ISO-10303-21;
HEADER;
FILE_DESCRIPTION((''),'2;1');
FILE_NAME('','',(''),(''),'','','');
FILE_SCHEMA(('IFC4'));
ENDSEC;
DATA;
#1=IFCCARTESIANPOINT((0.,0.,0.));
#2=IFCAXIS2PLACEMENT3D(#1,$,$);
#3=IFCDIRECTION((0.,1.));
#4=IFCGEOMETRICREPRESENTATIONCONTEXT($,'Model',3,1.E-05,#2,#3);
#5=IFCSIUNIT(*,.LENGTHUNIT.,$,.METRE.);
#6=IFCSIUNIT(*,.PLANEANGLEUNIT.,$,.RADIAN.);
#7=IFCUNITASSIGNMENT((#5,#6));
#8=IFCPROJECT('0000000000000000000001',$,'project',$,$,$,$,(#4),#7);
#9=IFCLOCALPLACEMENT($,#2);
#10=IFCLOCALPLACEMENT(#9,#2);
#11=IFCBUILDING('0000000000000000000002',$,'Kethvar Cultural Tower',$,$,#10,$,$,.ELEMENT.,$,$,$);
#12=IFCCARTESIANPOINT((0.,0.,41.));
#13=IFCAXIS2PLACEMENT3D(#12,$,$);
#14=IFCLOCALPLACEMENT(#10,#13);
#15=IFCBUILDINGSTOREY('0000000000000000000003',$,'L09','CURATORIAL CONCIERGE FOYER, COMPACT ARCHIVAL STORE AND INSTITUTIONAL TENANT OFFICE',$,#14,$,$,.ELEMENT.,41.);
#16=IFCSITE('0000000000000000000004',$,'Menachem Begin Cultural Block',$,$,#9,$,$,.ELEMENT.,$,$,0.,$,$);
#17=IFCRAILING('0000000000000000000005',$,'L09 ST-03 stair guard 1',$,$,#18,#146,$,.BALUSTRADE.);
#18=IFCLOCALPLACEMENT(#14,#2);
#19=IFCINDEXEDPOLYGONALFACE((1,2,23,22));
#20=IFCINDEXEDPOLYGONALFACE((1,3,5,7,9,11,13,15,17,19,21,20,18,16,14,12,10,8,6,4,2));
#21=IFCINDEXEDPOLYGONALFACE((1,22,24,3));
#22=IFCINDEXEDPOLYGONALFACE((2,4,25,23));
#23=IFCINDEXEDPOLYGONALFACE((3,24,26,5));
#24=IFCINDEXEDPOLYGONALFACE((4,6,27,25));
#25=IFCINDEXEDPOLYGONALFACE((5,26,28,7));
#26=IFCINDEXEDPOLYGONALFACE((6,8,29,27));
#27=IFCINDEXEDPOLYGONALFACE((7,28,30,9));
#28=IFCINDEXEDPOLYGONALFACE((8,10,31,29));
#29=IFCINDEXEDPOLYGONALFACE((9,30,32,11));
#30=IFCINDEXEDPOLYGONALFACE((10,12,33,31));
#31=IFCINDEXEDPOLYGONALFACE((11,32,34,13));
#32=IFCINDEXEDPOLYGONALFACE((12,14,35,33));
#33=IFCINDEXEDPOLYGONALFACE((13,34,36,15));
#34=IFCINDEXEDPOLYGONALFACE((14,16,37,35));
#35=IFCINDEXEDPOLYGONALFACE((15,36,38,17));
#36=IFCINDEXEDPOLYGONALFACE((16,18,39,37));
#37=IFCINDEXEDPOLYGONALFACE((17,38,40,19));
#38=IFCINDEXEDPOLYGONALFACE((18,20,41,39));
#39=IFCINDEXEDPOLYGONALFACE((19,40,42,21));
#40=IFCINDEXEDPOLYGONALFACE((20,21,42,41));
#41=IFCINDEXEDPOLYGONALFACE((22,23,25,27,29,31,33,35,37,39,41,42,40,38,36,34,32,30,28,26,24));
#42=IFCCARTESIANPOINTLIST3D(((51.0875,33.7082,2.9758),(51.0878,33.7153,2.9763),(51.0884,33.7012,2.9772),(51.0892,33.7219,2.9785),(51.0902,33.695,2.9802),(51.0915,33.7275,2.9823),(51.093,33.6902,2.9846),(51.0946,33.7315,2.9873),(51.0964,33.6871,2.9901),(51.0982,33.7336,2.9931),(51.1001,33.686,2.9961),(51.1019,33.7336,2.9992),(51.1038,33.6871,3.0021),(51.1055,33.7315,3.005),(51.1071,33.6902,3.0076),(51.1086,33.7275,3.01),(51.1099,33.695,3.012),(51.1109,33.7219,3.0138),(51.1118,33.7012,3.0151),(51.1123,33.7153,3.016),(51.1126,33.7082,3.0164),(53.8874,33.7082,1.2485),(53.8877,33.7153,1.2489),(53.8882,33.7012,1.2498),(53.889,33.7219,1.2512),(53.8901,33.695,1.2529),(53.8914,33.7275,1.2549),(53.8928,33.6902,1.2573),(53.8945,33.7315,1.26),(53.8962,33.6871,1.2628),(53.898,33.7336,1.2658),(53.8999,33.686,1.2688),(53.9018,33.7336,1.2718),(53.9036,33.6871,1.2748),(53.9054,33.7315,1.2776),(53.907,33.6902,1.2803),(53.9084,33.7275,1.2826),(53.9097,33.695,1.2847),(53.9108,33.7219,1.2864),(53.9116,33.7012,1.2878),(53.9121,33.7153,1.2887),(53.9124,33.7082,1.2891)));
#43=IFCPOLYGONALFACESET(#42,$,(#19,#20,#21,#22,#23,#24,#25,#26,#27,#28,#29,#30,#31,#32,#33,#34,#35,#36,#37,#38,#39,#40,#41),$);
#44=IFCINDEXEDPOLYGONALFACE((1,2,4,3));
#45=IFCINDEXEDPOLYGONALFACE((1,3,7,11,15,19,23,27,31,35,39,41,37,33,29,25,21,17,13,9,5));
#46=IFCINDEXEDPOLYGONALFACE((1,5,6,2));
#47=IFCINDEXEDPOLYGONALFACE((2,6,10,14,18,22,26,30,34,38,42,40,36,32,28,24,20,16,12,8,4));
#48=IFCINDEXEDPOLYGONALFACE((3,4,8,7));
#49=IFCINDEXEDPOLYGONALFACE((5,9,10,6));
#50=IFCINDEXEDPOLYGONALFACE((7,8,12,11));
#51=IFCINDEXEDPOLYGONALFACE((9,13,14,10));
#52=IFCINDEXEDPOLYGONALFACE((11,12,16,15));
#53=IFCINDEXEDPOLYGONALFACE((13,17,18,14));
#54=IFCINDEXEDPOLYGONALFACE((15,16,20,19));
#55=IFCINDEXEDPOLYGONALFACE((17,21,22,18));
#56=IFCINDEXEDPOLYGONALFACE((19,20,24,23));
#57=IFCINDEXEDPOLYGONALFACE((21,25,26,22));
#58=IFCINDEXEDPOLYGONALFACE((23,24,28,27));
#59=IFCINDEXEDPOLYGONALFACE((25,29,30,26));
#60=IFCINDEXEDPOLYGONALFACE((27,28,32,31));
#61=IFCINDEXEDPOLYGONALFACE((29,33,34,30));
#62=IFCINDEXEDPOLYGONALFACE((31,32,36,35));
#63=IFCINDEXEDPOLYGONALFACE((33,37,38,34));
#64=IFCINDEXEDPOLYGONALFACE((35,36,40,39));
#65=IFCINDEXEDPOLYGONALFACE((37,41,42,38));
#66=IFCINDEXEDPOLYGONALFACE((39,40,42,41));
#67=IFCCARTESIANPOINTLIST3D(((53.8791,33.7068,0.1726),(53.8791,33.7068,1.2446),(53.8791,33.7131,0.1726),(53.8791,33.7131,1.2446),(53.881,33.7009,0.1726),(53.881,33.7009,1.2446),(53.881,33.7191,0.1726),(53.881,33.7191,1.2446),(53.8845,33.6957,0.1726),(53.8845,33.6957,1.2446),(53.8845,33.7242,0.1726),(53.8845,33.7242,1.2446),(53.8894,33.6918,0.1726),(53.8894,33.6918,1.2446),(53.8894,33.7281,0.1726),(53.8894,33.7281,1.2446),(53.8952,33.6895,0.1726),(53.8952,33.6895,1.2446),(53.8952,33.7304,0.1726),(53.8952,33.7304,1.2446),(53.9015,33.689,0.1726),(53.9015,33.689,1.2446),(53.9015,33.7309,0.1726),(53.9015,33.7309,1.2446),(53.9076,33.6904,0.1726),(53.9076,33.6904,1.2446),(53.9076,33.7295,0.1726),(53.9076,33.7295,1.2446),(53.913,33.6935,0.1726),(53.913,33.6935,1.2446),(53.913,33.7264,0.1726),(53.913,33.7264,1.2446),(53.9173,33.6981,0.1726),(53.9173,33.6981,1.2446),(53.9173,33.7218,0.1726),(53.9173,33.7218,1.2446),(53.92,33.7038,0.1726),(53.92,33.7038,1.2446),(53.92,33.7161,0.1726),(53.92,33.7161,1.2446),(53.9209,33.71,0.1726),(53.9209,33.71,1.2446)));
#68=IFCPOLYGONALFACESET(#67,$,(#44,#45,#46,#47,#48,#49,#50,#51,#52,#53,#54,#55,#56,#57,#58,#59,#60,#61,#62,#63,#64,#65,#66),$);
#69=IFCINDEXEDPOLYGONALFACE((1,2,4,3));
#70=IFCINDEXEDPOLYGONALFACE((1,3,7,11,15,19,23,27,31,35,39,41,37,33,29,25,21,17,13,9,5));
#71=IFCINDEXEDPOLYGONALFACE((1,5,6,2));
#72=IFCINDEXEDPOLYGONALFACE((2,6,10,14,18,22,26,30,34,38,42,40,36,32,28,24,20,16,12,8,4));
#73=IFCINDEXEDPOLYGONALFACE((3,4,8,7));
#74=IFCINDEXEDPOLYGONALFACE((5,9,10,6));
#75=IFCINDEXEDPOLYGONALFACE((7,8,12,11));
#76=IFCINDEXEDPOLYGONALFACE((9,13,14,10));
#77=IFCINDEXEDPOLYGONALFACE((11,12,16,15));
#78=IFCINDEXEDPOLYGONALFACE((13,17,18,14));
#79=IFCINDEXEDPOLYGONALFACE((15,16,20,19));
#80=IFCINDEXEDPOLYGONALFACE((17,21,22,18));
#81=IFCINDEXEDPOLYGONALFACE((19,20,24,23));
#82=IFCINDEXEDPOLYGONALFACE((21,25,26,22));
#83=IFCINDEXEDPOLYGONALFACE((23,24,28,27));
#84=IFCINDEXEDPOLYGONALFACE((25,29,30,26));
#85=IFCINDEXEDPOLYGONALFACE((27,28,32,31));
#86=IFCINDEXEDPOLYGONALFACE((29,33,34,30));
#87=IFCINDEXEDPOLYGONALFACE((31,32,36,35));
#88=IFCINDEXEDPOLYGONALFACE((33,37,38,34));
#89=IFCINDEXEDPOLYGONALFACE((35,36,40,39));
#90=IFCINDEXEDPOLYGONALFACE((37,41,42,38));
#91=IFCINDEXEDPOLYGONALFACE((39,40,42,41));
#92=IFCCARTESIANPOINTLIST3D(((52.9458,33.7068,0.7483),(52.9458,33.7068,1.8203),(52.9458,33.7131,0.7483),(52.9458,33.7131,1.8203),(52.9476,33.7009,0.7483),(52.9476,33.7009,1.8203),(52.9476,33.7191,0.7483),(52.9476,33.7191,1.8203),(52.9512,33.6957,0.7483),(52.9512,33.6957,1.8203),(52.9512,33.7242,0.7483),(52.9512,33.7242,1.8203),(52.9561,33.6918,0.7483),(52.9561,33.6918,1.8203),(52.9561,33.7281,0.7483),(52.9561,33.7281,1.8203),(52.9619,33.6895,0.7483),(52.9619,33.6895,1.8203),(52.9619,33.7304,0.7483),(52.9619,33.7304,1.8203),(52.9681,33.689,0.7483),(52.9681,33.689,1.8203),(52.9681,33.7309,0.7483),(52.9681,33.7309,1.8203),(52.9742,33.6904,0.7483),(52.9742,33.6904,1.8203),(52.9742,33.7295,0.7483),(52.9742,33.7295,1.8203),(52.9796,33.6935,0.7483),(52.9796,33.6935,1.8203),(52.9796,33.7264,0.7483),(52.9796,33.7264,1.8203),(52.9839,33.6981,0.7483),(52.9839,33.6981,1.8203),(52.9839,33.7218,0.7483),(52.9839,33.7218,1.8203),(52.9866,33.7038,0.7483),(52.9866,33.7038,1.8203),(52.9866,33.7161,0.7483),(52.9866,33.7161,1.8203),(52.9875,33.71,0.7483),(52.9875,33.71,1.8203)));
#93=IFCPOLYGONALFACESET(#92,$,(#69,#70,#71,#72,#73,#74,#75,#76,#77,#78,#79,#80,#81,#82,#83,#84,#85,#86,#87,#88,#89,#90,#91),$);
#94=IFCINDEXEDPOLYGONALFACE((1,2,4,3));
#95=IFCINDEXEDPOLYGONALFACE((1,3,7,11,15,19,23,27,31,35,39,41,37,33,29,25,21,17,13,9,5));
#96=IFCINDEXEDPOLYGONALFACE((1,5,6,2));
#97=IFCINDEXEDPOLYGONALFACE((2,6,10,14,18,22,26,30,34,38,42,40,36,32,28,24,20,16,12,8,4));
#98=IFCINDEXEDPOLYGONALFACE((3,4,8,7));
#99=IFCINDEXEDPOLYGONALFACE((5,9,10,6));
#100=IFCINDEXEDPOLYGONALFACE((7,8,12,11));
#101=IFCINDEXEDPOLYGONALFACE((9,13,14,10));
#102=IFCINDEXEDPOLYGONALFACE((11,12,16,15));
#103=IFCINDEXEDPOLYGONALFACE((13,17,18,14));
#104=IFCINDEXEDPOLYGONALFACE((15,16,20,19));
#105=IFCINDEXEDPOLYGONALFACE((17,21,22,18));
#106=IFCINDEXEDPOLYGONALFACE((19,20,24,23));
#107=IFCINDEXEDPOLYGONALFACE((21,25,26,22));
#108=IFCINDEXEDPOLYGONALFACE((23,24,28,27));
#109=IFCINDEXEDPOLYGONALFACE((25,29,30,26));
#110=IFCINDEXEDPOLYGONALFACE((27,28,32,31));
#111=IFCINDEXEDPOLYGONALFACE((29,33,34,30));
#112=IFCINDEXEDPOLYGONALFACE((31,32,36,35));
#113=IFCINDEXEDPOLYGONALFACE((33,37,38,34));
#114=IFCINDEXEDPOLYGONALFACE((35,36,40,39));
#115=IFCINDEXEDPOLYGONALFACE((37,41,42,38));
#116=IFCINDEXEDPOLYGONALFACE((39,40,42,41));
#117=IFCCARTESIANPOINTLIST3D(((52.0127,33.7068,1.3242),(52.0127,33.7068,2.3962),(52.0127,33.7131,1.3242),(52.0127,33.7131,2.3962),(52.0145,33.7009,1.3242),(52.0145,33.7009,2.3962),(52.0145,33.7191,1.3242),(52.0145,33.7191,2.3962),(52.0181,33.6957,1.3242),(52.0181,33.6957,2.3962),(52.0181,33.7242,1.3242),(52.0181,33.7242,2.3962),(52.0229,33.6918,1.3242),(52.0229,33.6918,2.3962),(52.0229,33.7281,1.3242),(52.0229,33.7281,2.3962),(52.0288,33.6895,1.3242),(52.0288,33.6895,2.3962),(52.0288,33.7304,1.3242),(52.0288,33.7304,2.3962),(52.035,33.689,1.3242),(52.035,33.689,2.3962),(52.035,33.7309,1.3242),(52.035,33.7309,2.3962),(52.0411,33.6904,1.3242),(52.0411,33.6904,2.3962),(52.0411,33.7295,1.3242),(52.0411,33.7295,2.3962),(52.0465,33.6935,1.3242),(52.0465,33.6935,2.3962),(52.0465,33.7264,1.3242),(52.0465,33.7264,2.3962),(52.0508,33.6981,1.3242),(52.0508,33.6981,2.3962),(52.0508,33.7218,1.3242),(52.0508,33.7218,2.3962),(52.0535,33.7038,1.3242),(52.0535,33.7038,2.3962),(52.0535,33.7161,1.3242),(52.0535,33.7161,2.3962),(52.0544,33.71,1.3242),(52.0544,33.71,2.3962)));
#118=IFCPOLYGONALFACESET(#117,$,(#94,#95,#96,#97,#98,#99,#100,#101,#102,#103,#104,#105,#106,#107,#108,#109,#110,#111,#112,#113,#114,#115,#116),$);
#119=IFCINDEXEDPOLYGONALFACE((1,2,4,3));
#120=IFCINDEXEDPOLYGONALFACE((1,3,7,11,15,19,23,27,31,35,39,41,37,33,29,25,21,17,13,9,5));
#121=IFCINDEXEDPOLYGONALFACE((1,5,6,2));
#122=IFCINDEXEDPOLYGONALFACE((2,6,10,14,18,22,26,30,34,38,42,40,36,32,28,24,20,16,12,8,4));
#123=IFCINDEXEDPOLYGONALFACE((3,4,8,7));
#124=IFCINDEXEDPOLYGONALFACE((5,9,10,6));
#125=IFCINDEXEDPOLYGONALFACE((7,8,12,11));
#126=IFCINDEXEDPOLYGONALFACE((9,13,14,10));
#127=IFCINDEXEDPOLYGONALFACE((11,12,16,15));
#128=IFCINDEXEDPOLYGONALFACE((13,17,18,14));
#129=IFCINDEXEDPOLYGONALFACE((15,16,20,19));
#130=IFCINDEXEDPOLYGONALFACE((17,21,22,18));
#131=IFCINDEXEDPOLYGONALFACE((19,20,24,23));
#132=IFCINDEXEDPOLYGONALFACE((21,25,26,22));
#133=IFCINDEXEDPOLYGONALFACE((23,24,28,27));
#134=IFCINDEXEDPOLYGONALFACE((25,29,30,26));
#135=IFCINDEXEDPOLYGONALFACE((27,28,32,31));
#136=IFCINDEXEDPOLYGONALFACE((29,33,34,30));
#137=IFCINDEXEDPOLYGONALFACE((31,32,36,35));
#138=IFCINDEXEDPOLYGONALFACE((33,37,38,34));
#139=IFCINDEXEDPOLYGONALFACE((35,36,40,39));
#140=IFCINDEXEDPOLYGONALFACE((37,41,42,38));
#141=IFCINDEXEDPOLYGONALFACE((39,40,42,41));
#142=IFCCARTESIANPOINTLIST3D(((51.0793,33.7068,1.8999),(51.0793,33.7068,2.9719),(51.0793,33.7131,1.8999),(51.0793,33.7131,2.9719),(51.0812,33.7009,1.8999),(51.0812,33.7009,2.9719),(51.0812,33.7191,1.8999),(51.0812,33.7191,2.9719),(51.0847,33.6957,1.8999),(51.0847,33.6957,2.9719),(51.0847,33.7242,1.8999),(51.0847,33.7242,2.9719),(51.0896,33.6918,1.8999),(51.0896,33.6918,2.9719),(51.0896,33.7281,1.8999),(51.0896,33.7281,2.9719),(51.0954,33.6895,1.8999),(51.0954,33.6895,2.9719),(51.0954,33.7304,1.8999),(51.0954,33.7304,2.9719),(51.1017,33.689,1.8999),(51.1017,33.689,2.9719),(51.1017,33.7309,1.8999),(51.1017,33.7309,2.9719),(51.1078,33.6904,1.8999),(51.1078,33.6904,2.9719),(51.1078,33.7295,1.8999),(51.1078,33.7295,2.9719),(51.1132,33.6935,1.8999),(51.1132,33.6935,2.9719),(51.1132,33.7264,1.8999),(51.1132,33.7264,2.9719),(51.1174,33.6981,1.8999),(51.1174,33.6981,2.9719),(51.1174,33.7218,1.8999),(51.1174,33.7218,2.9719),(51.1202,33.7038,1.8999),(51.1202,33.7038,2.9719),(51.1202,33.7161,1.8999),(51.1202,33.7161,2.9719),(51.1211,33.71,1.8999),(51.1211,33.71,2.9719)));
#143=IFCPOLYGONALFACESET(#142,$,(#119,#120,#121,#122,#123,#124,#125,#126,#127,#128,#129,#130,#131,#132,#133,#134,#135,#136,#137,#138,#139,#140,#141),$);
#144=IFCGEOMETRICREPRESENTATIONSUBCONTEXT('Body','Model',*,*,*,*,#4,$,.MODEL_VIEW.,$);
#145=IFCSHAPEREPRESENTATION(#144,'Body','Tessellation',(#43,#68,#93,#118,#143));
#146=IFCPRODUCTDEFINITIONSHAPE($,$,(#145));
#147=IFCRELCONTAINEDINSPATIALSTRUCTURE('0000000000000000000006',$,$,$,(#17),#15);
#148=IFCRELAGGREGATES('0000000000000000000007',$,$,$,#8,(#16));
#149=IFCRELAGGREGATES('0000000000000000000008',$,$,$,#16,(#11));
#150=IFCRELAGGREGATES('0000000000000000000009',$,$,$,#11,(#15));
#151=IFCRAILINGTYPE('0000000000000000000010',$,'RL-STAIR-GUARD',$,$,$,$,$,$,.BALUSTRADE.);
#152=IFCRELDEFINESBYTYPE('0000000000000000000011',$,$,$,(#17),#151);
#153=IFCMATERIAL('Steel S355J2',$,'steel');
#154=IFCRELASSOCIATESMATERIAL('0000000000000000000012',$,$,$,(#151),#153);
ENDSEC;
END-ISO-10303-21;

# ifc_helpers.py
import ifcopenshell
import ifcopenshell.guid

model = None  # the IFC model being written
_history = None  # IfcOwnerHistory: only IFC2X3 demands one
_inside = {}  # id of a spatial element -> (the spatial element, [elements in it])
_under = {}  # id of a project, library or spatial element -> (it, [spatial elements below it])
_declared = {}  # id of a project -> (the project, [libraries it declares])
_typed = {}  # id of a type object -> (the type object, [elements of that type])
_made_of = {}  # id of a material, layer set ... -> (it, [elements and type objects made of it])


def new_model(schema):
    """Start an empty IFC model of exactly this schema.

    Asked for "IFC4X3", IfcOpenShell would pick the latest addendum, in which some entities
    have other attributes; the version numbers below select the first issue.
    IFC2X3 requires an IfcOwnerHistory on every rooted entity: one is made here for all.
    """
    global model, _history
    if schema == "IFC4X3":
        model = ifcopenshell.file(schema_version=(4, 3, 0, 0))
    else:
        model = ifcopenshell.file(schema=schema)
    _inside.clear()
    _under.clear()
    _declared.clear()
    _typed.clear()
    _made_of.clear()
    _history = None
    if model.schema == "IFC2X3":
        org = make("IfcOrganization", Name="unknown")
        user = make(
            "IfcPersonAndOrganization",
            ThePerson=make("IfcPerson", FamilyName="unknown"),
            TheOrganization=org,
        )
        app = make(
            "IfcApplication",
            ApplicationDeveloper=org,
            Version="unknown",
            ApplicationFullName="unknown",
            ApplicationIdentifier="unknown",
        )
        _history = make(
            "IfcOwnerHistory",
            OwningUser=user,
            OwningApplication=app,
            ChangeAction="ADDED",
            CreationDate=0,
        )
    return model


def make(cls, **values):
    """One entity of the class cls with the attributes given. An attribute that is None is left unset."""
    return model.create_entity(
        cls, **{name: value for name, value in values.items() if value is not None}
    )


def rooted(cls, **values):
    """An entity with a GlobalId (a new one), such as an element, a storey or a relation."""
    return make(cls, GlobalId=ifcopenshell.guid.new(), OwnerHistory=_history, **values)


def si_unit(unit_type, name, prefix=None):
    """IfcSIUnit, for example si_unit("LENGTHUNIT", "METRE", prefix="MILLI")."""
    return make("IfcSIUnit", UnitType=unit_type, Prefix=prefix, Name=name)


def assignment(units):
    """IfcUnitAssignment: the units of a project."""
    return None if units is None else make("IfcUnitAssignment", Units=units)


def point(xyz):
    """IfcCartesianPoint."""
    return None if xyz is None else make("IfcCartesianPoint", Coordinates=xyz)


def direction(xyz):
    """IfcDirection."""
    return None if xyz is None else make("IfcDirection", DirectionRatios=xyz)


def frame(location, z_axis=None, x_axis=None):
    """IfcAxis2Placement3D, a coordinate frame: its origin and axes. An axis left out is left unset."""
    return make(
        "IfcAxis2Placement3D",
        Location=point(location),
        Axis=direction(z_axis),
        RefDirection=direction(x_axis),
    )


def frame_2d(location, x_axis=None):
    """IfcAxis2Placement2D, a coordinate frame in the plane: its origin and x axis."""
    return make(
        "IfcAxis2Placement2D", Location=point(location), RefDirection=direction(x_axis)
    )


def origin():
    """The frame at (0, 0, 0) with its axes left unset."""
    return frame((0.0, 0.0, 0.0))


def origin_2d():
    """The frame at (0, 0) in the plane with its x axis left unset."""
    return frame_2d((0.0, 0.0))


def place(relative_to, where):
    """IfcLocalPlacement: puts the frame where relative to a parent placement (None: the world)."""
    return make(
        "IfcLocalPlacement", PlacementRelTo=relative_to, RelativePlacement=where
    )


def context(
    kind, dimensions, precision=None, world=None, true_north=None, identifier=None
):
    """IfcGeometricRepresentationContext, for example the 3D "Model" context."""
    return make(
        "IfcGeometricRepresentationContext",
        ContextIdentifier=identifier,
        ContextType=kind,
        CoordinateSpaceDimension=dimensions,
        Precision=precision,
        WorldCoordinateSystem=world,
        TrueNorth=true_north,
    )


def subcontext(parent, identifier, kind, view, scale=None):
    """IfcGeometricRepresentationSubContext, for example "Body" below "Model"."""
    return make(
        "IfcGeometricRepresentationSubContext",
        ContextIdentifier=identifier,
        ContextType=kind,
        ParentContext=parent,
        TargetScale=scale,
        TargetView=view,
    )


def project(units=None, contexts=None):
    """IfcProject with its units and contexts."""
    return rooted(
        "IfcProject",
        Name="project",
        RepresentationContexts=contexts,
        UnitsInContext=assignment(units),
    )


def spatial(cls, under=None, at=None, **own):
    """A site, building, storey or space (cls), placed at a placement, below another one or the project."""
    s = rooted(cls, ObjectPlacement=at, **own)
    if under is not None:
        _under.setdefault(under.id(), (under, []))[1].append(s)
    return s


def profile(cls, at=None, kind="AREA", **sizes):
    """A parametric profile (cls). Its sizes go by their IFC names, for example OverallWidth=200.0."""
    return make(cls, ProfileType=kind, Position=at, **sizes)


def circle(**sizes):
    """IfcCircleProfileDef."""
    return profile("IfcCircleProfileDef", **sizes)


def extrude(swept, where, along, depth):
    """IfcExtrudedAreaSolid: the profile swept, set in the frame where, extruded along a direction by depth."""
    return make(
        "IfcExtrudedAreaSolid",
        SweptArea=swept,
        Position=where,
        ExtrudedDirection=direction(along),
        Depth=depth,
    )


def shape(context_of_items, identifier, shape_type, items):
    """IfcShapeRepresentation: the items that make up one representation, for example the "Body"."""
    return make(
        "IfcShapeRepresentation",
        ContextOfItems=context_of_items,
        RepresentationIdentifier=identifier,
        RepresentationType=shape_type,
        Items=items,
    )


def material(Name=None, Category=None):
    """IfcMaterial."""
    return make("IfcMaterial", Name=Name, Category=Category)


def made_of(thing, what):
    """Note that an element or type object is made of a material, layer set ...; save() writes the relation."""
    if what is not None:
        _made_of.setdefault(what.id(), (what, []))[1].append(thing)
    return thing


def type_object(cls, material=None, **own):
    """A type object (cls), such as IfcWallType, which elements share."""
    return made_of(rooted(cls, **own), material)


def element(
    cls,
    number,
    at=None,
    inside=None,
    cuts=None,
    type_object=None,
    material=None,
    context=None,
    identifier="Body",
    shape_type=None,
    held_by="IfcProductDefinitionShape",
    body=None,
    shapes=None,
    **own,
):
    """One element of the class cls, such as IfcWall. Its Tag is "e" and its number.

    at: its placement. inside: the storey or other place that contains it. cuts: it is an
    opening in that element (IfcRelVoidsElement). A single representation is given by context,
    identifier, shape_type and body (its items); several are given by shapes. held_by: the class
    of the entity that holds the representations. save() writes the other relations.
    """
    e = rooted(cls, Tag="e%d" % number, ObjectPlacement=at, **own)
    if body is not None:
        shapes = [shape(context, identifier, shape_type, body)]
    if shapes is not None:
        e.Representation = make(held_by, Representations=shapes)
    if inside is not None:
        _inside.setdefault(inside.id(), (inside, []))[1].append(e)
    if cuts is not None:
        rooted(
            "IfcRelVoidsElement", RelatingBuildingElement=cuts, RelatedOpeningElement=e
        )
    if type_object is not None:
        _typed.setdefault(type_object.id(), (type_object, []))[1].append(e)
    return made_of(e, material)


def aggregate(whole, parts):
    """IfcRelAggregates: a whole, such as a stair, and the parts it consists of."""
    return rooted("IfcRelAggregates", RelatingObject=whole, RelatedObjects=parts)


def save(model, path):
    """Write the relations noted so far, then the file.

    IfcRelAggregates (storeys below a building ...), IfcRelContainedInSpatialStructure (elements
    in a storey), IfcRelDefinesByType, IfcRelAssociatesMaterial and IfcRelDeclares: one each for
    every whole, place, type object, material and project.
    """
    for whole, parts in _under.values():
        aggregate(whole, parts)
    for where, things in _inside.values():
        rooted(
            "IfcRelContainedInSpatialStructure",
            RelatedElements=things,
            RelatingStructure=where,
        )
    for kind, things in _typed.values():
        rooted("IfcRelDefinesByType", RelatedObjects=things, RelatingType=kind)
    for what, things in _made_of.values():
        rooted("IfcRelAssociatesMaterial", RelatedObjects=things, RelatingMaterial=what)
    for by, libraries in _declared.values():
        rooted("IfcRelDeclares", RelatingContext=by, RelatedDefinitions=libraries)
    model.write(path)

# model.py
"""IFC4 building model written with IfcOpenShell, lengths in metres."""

from ifc_helpers import new_model, si_unit, direction, frame, origin, origin_2d, place, context, subcontext, project, spatial, circle, extrude, material, type_object, element, save


model = new_model("IFC4")

# Units and contexts
model_context = context("Model", 3, precision=1e-05, world=origin(), true_north=direction((0.0, 1.0)))
body_context = subcontext(model_context, "Body", "Model", "MODEL_VIEW")
ifc_project = project(units=[si_unit("LENGTHUNIT", "METRE"), si_unit("PLANEANGLEUNIT", "RADIAN")], contexts=[model_context])

# Site, building, storey
site_placement = place(None, origin())
site = spatial("IfcSite", under=ifc_project, at=site_placement, Name="Menachem Begin Cultural Block", CompositionType="ELEMENT", RefElevation=0.0)
building_placement = place(site_placement, origin())
building = spatial("IfcBuilding", under=site, at=building_placement, Name="Kethvar Cultural Tower", CompositionType="ELEMENT")
storey_placement = place(building_placement, frame((0.0, 0.0, 41.0)))
storey = spatial("IfcBuildingStorey", under=building, at=storey_placement, Name="L09", Description="CURATORIAL CONCIERGE FOYER, COMPACT ARCHIVAL STORE AND INSTITUTIONAL TENANT OFFICE", CompositionType="ELEMENT", Elevation=41.0)

# Shared definitions
ifc_material_1 = material(Name="Steel S355J2", Category="steel")

# Railing
railing_type_1 = type_object("IfcRailingType", Name="RL-STAIR-GUARD", PredefinedType="BALUSTRADE", material=ifc_material_1)
railing_1_placement = place(storey_placement, frame((53.8999, 33.71, 0.1726)))
element("IfcRailing", 1, at=railing_1_placement, inside=storey, type_object=railing_type_1, Name="L09 ST-03 stair guard 1", PredefinedType="BALUSTRADE", context=body_context, shape_type="SweptSolid", body=[
    extrude(circle(Radius=0.0239, at=origin_2d()), frame((0.0, 0.0, 1.0962), z_axis=(-0.851069, 0.0, 0.525054), x_axis=(0.0, -1.0, 0.0)), (0.0, 0.0, 1.0), 3.2898),
    extrude(circle(Radius=0.021, at=origin_2d()), origin(), (0.0, 0.0, 1.0), 1.072),
    extrude(circle(Radius=0.021, at=origin_2d()), frame((-0.9333, 0.0, 0.5757)), (0.0, 0.0, 1.0), 1.072),
    extrude(circle(Radius=0.021, at=origin_2d()), frame((-1.8665, 0.0, 1.1516)), (0.0, 0.0, 1.0), 1.072),
    extrude(circle(Radius=0.021, at=origin_2d()), frame((-2.7998, 0.0, 1.7273)), (0.0, 0.0, 1.0), 1.072),
])

save(model, "model.ifc")
